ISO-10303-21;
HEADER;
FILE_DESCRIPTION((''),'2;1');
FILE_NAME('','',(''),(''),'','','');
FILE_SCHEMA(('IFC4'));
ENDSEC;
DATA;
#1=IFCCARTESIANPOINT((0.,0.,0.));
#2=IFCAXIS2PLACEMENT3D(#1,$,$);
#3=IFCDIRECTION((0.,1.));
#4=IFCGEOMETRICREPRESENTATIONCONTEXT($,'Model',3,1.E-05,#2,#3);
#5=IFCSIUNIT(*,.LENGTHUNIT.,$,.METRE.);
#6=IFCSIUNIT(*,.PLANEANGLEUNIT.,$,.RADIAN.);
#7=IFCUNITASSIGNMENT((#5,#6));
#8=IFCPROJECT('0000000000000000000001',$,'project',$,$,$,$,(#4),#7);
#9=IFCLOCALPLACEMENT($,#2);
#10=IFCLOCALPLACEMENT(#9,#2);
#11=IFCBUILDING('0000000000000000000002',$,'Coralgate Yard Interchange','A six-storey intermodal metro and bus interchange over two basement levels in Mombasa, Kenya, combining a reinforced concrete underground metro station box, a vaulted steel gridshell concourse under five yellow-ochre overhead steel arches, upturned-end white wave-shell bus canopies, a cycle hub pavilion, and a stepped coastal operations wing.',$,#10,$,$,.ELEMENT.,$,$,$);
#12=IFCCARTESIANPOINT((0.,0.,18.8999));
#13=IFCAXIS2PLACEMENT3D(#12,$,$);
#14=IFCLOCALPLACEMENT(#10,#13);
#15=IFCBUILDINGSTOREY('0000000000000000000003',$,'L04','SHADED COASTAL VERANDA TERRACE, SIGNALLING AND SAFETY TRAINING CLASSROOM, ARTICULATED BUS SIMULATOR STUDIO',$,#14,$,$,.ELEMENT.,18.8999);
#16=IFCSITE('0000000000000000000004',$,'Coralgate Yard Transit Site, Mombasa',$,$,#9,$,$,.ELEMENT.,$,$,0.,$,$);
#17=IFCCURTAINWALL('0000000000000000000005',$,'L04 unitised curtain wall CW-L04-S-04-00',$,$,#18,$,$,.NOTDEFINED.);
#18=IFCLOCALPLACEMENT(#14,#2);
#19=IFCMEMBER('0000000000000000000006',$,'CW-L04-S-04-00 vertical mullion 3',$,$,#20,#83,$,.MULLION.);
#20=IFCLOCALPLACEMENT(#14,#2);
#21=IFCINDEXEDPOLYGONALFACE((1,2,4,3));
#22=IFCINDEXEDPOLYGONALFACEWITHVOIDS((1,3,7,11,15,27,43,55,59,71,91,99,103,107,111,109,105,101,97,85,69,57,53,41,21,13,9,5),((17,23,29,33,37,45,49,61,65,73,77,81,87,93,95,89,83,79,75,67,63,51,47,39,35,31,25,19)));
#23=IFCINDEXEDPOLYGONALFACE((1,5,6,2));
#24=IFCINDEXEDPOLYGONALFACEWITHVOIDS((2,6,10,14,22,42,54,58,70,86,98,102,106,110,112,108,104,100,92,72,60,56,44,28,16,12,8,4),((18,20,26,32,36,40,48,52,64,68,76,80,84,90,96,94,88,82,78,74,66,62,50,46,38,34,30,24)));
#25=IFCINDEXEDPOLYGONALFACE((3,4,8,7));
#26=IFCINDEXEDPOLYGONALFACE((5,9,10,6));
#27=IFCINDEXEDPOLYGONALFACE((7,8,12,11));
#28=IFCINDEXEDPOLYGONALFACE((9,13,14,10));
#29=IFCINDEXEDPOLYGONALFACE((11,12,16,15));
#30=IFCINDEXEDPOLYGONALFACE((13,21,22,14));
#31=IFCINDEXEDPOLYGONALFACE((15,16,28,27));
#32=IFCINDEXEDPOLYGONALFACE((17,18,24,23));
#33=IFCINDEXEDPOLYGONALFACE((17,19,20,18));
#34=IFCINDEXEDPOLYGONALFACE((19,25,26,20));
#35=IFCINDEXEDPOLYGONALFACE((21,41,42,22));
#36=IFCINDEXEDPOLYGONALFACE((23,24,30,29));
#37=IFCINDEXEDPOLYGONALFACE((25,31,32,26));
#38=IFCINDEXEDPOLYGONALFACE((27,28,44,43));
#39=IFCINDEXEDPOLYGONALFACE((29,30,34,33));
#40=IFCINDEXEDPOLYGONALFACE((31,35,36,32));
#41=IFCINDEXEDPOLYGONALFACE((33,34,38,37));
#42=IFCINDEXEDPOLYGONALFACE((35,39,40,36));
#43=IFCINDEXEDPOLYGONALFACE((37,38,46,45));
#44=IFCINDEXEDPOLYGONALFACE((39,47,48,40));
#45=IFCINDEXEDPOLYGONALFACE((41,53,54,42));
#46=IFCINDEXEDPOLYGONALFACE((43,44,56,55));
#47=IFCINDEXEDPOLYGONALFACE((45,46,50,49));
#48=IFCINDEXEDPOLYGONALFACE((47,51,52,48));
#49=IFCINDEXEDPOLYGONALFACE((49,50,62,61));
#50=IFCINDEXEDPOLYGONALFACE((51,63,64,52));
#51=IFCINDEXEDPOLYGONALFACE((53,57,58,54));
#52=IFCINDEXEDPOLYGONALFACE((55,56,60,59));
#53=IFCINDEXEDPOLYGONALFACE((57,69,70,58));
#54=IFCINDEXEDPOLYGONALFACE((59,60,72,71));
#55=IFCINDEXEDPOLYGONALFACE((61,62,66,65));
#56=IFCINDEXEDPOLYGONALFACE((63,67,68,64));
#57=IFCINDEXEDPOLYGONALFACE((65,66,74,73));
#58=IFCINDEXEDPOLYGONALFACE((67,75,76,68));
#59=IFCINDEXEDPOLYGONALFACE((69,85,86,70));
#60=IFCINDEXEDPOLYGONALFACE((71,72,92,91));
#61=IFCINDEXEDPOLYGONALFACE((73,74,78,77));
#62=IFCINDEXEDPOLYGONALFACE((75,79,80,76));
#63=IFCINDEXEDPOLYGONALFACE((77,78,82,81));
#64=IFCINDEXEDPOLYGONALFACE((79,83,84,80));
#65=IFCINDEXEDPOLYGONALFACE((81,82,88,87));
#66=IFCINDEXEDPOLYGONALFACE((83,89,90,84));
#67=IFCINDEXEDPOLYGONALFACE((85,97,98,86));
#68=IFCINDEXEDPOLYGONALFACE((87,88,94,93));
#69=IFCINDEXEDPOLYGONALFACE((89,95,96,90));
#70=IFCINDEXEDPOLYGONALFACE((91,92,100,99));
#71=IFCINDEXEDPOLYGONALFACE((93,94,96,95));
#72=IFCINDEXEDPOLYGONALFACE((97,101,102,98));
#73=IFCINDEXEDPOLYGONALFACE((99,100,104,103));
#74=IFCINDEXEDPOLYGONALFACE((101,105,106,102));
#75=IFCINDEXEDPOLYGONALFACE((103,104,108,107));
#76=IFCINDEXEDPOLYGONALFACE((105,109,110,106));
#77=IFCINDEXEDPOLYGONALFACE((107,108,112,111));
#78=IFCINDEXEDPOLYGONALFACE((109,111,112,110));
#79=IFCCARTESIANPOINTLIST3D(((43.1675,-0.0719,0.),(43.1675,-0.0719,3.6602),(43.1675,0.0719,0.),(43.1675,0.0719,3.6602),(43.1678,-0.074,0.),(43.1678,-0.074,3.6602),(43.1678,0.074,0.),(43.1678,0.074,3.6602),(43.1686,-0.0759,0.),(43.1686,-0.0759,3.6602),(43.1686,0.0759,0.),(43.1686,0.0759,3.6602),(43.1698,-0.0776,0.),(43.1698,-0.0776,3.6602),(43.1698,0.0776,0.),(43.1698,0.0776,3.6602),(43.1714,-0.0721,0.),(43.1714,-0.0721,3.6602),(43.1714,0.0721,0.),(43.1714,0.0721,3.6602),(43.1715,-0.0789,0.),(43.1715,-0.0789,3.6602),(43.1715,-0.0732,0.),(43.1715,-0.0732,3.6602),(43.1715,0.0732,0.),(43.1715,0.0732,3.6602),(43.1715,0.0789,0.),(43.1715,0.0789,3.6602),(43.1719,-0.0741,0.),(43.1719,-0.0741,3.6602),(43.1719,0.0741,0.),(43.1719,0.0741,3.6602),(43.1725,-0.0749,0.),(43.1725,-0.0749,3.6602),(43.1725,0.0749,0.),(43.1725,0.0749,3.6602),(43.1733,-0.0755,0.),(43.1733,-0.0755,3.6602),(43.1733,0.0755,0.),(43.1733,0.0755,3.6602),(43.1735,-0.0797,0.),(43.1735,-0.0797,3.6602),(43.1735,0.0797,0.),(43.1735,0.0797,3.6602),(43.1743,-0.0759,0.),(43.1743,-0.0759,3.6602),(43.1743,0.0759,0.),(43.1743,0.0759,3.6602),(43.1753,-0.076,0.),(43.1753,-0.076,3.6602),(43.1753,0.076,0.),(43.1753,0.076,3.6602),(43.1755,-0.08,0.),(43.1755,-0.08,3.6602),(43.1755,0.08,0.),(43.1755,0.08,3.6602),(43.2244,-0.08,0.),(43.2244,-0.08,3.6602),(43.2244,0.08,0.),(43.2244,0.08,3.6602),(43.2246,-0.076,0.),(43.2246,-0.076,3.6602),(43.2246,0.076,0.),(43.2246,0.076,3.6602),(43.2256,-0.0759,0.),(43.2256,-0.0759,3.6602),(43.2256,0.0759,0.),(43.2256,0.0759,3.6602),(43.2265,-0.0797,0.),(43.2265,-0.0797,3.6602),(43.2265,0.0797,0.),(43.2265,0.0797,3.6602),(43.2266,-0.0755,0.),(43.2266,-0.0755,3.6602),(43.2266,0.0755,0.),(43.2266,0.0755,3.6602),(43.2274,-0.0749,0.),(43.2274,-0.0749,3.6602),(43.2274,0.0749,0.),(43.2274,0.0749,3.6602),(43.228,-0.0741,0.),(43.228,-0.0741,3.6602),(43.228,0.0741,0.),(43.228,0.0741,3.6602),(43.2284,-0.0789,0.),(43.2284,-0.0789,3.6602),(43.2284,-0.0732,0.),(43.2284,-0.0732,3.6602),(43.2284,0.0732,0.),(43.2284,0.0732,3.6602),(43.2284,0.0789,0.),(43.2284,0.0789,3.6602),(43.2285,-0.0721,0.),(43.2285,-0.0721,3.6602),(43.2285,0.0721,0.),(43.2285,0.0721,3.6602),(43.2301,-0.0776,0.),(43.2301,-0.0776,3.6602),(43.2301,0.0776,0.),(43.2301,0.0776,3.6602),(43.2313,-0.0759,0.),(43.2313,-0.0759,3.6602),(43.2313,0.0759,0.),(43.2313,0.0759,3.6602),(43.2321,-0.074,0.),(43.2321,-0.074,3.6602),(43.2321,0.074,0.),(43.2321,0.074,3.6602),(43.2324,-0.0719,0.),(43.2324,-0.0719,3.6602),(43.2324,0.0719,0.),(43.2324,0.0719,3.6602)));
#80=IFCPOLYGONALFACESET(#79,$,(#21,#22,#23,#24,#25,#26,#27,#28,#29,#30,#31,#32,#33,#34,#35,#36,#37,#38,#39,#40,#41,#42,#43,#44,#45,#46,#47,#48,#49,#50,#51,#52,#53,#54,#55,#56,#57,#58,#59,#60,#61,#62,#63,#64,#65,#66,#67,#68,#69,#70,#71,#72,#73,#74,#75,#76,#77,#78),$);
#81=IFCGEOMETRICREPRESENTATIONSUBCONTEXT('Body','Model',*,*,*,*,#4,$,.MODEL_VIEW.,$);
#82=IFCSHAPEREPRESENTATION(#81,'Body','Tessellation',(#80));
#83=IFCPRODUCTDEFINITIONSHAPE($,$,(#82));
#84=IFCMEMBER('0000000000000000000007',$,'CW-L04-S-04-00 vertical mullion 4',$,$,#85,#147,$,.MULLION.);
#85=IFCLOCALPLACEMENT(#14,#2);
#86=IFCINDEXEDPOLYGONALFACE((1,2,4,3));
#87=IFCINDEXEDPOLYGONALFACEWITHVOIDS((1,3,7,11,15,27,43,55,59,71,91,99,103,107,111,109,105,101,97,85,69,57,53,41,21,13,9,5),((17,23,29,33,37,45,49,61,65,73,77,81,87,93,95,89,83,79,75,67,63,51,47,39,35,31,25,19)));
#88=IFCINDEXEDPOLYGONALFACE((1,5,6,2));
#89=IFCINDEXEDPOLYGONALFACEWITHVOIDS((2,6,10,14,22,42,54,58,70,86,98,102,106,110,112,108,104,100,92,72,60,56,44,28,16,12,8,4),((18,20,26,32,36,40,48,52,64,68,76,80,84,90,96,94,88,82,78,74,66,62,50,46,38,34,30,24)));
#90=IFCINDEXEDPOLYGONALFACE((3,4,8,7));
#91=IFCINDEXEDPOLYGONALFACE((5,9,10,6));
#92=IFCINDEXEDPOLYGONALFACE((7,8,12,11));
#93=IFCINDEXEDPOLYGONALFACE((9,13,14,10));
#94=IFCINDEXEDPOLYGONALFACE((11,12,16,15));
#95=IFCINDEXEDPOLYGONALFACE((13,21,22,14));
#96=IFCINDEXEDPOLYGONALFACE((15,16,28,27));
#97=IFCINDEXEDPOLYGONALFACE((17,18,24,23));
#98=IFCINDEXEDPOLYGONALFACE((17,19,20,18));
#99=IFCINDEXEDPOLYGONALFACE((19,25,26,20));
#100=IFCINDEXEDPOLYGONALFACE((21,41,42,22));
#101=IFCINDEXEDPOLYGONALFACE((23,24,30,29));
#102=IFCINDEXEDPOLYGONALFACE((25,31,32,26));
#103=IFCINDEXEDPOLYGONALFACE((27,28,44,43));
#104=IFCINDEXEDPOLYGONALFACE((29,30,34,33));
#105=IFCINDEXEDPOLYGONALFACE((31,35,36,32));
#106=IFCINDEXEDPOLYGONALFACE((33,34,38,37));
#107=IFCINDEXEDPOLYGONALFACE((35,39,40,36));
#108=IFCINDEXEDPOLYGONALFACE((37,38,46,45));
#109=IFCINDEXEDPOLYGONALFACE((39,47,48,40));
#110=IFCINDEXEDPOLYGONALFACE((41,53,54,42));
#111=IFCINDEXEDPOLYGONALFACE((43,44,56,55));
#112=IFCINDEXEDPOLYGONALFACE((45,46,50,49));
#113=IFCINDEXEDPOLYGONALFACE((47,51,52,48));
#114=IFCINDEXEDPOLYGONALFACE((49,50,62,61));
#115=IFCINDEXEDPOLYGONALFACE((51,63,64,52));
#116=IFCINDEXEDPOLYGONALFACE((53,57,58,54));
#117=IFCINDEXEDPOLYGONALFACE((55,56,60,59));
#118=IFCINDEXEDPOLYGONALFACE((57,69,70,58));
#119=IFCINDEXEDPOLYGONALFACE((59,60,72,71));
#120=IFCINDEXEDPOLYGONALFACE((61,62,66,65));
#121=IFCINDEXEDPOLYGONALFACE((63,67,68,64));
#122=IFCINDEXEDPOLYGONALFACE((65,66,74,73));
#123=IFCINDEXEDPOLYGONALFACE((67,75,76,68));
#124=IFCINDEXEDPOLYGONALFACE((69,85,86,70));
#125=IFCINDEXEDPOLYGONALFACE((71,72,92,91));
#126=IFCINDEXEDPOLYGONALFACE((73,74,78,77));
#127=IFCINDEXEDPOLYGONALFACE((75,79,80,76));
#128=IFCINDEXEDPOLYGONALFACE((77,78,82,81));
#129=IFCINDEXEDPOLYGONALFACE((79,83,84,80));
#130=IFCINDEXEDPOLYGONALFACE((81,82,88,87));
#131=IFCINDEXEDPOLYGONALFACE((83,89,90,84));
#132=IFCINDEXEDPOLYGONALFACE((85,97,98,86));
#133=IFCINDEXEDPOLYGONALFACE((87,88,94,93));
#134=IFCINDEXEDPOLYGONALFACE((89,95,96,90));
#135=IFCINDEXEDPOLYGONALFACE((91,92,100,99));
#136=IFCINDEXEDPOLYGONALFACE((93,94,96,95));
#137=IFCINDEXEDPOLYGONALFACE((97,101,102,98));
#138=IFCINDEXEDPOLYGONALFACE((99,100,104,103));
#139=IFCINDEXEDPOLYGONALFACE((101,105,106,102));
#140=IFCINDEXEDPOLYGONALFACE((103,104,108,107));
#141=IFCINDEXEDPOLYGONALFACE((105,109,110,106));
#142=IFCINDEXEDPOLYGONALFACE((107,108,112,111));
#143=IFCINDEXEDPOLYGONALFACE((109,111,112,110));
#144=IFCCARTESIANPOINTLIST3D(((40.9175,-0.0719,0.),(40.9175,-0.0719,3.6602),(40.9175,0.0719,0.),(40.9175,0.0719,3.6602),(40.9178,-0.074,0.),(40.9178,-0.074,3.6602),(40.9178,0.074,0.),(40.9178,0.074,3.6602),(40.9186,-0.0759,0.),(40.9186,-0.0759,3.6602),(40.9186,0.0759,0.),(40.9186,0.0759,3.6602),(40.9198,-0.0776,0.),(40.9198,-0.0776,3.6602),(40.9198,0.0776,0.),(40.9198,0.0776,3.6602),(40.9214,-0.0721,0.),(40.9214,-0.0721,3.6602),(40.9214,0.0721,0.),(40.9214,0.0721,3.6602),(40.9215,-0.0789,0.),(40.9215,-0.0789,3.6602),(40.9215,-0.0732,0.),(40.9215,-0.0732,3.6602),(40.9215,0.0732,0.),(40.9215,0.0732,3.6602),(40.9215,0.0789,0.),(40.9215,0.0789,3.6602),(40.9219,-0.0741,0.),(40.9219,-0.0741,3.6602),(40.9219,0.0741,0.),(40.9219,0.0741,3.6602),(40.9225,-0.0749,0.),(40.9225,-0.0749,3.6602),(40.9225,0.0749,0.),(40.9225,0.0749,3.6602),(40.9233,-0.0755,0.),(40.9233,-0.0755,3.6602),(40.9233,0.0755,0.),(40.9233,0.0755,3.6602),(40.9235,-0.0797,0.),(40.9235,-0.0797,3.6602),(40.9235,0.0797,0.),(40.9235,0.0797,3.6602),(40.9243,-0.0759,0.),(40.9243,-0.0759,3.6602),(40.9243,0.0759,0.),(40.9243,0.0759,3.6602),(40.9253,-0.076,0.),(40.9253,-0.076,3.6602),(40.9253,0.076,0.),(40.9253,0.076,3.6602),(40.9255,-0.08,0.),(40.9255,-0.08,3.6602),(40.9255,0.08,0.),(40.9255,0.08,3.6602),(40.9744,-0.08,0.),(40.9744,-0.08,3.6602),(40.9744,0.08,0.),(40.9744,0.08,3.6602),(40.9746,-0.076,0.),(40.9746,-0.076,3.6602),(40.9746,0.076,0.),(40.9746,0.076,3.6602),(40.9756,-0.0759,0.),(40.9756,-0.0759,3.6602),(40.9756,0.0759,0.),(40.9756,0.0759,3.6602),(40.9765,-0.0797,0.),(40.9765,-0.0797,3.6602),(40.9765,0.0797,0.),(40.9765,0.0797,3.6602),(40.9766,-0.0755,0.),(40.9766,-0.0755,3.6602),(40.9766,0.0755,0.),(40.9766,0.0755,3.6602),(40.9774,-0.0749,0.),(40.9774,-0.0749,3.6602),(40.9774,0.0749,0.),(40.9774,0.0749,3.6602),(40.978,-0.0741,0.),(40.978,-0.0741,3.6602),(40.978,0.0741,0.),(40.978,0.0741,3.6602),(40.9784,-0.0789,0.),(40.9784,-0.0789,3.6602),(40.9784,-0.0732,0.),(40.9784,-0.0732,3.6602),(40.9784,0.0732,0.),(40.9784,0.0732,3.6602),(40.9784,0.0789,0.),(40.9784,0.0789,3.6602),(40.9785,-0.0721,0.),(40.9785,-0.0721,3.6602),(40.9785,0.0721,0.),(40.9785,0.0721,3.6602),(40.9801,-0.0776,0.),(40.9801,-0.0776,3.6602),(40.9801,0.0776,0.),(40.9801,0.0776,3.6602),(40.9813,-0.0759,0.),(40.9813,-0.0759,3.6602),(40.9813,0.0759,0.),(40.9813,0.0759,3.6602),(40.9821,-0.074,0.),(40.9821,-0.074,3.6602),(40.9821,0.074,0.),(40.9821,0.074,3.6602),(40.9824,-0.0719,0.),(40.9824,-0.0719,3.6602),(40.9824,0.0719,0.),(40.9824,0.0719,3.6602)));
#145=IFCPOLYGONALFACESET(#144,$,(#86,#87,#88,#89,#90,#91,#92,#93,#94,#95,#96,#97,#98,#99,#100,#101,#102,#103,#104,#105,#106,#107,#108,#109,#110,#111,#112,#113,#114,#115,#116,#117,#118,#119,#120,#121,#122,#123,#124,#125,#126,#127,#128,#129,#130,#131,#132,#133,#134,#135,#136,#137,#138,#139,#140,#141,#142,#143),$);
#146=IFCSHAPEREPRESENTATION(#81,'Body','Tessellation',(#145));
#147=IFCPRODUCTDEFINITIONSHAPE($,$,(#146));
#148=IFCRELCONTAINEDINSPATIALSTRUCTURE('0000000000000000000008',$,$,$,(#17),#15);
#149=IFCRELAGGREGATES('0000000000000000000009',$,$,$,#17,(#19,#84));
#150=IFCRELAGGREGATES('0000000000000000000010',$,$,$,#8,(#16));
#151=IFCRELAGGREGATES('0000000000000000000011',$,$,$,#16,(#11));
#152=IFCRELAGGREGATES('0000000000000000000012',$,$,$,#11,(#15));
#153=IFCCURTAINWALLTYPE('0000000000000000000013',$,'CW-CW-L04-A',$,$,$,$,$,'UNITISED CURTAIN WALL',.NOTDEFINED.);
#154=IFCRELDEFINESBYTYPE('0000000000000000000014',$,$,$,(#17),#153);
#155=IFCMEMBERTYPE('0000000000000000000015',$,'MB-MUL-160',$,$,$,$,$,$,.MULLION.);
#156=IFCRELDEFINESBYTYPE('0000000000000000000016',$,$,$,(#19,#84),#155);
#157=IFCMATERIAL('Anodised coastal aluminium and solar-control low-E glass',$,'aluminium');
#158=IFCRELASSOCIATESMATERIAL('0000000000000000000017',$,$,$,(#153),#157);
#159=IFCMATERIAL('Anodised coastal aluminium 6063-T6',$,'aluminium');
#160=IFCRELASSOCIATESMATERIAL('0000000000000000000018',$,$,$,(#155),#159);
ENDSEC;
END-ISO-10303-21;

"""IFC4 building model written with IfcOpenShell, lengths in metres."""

from ifc_helpers import new_model, si_unit, direction, frame, origin, origin_2d, place, context, subcontext, project, spatial, hollow_rectangle, extrude, material, material_profile, profile_set, type_object, element, aggregate, save


model = new_model("IFC4")

# Units and contexts
model_context = context("Model", 3, precision=1e-05, world=origin(), true_north=direction((0.0, 1.0)))
body_context = subcontext(model_context, "Body", "Model", "MODEL_VIEW")
ifc_project = project(units=[si_unit("LENGTHUNIT", "METRE"), si_unit("PLANEANGLEUNIT", "RADIAN")], contexts=[model_context])

# Site, building, storey
site_placement = place(None, origin())
site = spatial("IfcSite", under=ifc_project, at=site_placement, Name="Coralgate Yard Transit Site, Mombasa", CompositionType="ELEMENT", RefElevation=0.0)
building_placement = place(site_placement, origin())
building = spatial("IfcBuilding", under=site, at=building_placement, Name="Coralgate Yard Interchange", Description="A six-storey intermodal metro and bus interchange over two basement levels in Mombasa, Kenya, combining a reinforced concrete underground metro station box, a vaulted steel gridshell concourse under five yellow-ochre overhead steel arches, upturned-end white wave-shell bus canopies, a cycle hub pavilion, and a stepped coastal operations wing.", CompositionType="ELEMENT")
storey_placement = place(building_placement, frame((0.0, 0.0, 18.8999)))
storey = spatial("IfcBuildingStorey", under=building, at=storey_placement, Name="L04", Description="SHADED COASTAL VERANDA TERRACE, SIGNALLING AND SAFETY TRAINING CLASSROOM, ARTICULATED BUS SIMULATOR STUDIO", CompositionType="ELEMENT", Elevation=18.8999)

# Curtain wall, members
ifc_material_1 = material(Name="Anodised coastal aluminium and solar-control low-E glass", Category="aluminium")
curtain_wall_type = type_object("IfcCurtainWallType", Name="CW-CW-L04-A", ElementType="UNITISED CURTAIN WALL", PredefinedType="NOTDEFINED", material=ifc_material_1)
curtain_wall_placement = place(storey_placement, origin())
curtain_wall = element("IfcCurtainWall", 1, at=curtain_wall_placement, inside=storey, type_object=curtain_wall_type, Name="L04 unitised curtain wall CW-L04-S-04-00", PredefinedType="NOTDEFINED")
ifc_material_2 = material(Name="Anodised coastal aluminium 6063-T6", Category="aluminium")
ifc_material_profile_1 = material_profile(ifc_material_2, hollow_rectangle(XDim=0.0649, YDim=0.1599, WallThickness=0.0039, InnerFilletRadius=0.0039, OuterFilletRadius=0.0081, at=origin_2d()), Name="ALU 65x160x4")
ifc_profile_set_1 = profile_set([ifc_material_profile_1], Name="Anodised coastal aluminium 6063-T6")
member_type_1 = type_object("IfcMemberType", Name="MB-MUL-160", PredefinedType="MULLION", material=ifc_profile_set_1)
member_1_placement = place(storey_placement, frame((43.2, 0.0, 0.0), z_axis=(0.0, 0.0, 1.0), x_axis=(1.0, 0.0, 0.0)))
member_1 = element("IfcMember", 2, at=member_1_placement, type_object=member_type_1, Name="CW-L04-S-04-00 vertical mullion 3", PredefinedType="MULLION", context=body_context, shape_type="SweptSolid", body=[
    extrude(hollow_rectangle(XDim=0.0649, YDim=0.1599, WallThickness=0.0039, InnerFilletRadius=0.0039, OuterFilletRadius=0.0081, at=origin_2d()), origin(), (0.0, 0.0, 1.0), 3.6602),
])
member_2_placement = place(storey_placement, frame((40.95, 0.0, 0.0), z_axis=(0.0, 0.0, 1.0), x_axis=(1.0, 0.0, 0.0)))
member_2 = element("IfcMember", 3, at=member_2_placement, type_object=member_type_1, Name="CW-L04-S-04-00 vertical mullion 4", PredefinedType="MULLION", context=body_context, shape_type="SweptSolid", body=[
    extrude(hollow_rectangle(XDim=0.0649, YDim=0.1599, WallThickness=0.0039, InnerFilletRadius=0.0039, OuterFilletRadius=0.0081, at=origin_2d()), origin(), (0.0, 0.0, 1.0), 3.6602),
])
aggregate(curtain_wall, [member_1, member_2])

save(model, "model.ifc")
